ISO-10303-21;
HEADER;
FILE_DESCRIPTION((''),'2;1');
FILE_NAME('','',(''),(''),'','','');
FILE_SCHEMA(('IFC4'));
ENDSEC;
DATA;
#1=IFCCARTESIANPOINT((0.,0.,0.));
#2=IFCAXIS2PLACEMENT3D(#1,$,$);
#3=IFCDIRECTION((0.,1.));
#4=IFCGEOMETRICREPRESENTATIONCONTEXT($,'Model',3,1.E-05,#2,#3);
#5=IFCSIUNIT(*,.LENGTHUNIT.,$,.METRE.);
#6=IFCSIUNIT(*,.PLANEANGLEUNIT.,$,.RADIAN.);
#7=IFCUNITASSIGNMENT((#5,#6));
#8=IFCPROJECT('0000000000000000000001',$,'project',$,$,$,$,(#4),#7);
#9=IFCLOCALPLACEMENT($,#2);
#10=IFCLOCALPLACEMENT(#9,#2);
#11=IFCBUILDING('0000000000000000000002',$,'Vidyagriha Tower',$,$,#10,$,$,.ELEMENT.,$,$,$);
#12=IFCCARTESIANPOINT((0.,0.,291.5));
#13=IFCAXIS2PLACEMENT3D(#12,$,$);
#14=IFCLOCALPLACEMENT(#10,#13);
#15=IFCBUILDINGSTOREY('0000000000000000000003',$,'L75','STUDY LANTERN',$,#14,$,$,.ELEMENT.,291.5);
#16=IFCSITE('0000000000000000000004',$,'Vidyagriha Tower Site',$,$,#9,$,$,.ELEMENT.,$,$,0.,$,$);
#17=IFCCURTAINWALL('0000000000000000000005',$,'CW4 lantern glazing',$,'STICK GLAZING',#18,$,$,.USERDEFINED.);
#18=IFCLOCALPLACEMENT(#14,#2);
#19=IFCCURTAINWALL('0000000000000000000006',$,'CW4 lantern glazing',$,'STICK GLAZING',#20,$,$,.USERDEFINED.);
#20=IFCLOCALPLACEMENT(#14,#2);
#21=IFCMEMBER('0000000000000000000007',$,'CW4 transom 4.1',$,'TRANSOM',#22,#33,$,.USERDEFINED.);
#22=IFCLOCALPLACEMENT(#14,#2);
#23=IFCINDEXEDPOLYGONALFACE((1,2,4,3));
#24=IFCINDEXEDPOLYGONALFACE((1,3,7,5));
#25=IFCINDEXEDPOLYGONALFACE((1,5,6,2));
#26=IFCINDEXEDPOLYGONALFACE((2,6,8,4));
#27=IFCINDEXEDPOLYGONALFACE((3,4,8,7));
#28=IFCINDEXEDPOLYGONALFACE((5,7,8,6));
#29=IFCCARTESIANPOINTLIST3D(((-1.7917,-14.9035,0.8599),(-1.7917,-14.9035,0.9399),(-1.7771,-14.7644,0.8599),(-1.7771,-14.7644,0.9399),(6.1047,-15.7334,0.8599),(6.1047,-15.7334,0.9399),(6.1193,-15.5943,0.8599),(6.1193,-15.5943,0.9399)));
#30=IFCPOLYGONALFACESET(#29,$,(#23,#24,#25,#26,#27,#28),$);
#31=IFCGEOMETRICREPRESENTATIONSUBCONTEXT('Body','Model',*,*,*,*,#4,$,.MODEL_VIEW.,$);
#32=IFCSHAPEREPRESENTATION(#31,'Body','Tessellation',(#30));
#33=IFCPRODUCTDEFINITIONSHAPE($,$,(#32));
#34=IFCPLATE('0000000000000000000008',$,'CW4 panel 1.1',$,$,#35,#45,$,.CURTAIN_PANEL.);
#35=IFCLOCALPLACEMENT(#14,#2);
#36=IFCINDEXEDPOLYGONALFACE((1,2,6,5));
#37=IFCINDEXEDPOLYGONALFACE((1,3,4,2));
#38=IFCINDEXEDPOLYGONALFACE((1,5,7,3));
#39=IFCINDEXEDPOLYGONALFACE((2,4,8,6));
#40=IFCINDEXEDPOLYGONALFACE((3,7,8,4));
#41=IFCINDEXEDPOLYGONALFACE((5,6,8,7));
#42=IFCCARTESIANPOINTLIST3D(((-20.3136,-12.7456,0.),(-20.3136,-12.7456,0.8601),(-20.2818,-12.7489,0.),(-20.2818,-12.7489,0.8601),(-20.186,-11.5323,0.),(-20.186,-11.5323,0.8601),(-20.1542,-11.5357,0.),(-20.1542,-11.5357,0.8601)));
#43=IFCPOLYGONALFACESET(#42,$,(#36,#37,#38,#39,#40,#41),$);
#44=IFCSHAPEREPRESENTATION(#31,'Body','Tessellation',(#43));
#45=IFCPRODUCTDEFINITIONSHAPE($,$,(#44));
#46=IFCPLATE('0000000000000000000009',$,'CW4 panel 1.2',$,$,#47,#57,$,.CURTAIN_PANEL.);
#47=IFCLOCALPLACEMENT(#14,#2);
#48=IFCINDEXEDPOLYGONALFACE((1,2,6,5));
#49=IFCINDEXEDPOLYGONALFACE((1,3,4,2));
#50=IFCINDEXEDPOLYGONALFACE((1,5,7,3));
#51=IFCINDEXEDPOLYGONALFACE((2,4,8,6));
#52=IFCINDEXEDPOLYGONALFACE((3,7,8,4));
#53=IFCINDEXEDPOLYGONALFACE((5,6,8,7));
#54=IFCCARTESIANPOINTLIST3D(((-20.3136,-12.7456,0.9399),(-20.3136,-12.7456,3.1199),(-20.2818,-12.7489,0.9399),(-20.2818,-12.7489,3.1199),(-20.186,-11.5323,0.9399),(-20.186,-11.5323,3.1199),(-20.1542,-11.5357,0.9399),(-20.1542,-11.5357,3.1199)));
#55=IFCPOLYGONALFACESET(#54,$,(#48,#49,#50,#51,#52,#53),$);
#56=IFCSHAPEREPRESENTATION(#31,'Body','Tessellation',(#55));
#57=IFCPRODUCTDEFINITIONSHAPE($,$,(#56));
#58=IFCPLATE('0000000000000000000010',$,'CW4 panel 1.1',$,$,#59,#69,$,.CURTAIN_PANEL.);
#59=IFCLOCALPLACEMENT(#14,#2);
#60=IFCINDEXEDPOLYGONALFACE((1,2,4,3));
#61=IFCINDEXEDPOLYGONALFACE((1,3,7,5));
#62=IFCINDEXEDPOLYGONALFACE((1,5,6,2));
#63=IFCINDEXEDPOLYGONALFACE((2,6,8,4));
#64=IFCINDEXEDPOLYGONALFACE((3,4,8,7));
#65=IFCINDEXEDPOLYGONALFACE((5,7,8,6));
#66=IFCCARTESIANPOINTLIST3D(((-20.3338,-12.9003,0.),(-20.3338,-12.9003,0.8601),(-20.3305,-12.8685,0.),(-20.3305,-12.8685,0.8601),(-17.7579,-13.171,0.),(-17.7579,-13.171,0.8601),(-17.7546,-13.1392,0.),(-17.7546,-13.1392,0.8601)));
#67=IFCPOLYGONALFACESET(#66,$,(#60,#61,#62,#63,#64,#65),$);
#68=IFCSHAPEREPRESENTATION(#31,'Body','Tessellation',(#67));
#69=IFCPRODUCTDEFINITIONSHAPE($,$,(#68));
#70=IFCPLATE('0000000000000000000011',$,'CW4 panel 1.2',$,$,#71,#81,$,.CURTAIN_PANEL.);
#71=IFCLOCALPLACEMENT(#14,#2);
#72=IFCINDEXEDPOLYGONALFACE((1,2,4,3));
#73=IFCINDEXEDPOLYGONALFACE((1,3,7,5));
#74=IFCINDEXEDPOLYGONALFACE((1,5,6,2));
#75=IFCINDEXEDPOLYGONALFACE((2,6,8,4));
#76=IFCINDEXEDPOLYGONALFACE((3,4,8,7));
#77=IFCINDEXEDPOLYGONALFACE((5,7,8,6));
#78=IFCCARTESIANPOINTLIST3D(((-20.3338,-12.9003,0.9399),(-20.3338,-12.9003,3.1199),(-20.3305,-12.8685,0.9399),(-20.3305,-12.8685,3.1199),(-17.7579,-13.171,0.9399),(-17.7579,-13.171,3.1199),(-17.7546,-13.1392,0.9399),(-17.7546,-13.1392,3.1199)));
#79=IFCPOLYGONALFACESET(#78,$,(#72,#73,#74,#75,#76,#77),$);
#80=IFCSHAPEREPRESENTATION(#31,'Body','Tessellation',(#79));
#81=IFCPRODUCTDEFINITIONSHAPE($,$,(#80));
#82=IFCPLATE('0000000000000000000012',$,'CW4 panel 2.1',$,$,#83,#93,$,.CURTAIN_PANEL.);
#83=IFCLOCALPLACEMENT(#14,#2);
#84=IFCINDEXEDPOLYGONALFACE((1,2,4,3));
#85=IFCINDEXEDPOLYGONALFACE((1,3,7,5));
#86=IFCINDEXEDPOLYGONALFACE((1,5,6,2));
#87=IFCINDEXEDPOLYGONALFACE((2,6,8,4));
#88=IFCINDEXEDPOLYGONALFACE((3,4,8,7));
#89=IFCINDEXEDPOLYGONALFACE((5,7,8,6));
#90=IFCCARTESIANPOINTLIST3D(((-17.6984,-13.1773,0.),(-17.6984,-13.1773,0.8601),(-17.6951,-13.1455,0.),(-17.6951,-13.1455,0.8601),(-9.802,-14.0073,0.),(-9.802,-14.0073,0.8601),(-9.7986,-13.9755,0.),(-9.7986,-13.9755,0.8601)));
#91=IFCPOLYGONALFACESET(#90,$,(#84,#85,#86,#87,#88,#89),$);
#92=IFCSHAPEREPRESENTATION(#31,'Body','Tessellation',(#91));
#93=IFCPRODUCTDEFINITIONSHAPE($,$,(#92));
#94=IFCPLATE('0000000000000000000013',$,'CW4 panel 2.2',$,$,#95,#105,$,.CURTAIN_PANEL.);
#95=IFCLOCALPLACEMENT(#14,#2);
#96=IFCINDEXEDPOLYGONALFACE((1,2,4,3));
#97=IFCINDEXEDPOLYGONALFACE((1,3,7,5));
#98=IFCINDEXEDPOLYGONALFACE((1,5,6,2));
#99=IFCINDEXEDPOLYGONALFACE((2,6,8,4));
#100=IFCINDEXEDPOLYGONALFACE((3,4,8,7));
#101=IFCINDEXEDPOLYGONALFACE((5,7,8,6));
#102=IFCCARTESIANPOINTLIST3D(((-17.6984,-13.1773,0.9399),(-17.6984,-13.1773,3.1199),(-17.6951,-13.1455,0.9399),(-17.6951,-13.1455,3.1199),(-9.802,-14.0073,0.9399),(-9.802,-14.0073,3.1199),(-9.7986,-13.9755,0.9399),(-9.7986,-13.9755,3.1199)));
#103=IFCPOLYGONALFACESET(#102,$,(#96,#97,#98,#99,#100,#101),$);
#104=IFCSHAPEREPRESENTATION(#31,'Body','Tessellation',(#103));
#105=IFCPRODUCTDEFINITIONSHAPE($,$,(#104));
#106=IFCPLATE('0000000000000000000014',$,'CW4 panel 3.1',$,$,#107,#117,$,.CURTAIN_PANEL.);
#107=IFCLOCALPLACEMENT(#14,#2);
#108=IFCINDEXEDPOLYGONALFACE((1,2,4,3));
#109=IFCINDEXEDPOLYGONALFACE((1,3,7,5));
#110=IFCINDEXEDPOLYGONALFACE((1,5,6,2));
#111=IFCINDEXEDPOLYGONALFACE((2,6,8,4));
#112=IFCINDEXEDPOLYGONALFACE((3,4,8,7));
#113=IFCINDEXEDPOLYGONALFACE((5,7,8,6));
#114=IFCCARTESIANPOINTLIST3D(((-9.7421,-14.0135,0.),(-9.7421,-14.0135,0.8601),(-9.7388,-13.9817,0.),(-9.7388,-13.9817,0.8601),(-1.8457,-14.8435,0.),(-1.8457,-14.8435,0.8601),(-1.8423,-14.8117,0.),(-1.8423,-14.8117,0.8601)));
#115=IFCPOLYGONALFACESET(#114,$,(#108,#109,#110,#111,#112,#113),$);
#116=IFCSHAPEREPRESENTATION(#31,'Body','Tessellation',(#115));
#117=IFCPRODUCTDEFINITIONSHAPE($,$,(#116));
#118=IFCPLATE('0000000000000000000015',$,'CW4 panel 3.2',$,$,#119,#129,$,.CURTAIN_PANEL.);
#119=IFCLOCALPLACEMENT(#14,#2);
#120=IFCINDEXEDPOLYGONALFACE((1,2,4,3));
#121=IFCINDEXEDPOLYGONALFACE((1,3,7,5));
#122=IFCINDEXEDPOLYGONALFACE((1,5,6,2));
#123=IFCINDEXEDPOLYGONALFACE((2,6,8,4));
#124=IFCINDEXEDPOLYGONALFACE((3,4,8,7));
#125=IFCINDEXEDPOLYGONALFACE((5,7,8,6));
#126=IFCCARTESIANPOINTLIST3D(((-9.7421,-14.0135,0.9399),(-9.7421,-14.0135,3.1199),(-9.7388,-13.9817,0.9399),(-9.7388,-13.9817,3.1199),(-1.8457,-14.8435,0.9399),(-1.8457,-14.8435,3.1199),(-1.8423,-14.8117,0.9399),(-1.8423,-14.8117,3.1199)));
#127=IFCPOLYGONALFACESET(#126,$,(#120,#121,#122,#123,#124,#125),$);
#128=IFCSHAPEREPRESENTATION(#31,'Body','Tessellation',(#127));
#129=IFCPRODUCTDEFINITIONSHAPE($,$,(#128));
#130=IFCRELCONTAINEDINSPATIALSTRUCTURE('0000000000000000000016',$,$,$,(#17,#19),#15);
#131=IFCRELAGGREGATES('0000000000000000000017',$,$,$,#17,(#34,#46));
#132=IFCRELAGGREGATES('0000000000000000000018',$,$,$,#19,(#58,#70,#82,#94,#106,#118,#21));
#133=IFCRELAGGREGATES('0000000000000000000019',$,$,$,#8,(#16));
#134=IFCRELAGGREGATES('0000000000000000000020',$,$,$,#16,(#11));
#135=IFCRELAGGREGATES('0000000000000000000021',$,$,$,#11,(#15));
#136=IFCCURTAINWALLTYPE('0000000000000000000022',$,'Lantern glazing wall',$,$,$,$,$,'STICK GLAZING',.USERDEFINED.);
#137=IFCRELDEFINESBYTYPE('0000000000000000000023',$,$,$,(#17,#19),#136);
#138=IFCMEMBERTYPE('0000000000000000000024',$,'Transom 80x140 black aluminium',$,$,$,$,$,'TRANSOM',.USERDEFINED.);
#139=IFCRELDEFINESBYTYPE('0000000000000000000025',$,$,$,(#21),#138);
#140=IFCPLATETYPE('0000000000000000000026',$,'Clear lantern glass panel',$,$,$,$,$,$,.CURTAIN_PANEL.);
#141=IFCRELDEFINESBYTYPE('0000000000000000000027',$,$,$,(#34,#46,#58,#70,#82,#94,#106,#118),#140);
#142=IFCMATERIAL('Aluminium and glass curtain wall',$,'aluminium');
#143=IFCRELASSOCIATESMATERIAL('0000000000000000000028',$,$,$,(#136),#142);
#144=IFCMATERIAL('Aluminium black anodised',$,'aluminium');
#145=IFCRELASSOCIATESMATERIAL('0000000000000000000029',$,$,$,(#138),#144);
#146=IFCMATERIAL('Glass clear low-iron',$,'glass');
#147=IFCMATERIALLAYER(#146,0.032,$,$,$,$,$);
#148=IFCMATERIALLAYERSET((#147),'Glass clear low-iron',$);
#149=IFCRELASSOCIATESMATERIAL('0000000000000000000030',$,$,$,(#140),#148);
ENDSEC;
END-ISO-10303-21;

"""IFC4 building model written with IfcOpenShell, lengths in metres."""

from ifc_helpers import new_model, si_unit, direction, frame, origin, origin_2d, place, context, subcontext, project, spatial, rectangle, extrude, material, layer, layer_set, material_profile, profile_set, type_object, element, aggregate, save


model = new_model("IFC4")

# Units and contexts
model_context = context("Model", 3, precision=1e-05, world=origin(), true_north=direction((0.0, 1.0)))
body_context = subcontext(model_context, "Body", "Model", "MODEL_VIEW")
ifc_project = project(units=[si_unit("LENGTHUNIT", "METRE"), si_unit("PLANEANGLEUNIT", "RADIAN")], contexts=[model_context])

# Site, building, storey
site_placement = place(None, origin())
site = spatial("IfcSite", under=ifc_project, at=site_placement, Name="Vidyagriha Tower Site", CompositionType="ELEMENT", RefElevation=0.0)
building_placement = place(site_placement, origin())
building = spatial("IfcBuilding", under=site, at=building_placement, Name="Vidyagriha Tower", CompositionType="ELEMENT")
storey_placement = place(building_placement, frame((0.0, 0.0, 291.5)))
storey = spatial("IfcBuildingStorey", under=building, at=storey_placement, Name="L75", Description="STUDY LANTERN", CompositionType="ELEMENT", Elevation=291.5)

# Curtain wall
ifc_material_1 = material(Name="Aluminium and glass curtain wall", Category="aluminium")
curtain_wall_type = type_object("IfcCurtainWallType", Name="Lantern glazing wall", ElementType="STICK GLAZING", PredefinedType="USERDEFINED", material=ifc_material_1)
curtain_wall_1_placement = place(storey_placement, origin())
curtain_wall_1 = element("IfcCurtainWall", 1, at=curtain_wall_1_placement, inside=storey, type_object=curtain_wall_type, Name="CW4 lantern glazing", ObjectType="STICK GLAZING", PredefinedType="USERDEFINED")

# Curtain wall, member
curtain_wall_2_placement = place(storey_placement, origin())
curtain_wall_2 = element("IfcCurtainWall", 2, at=curtain_wall_2_placement, inside=storey, type_object=curtain_wall_type, Name="CW4 lantern glazing", ObjectType="STICK GLAZING", PredefinedType="USERDEFINED")
ifc_material_2 = material(Name="Aluminium black anodised", Category="aluminium")
ifc_material_profile_1 = material_profile(ifc_material_2, rectangle(XDim=0.1399, YDim=0.0801, at=origin_2d()), Name="Transom 80x140 black aluminium")
ifc_profile_set_1 = profile_set([ifc_material_profile_1], Name="Aluminium black anodised")
member_type_1 = type_object("IfcMemberType", Name="Transom 80x140 black aluminium", ElementType="TRANSOM", PredefinedType="USERDEFINED", material=ifc_profile_set_1)
member_1_placement = place(storey_placement, frame((-1.7844, -14.834, 0.8999), z_axis=(0.994523, -0.104514, 0.0), x_axis=(0.104514, 0.994523, 0.0)))
member_1 = element("IfcMember", 3, at=member_1_placement, type_object=member_type_1, Name="CW4 transom 4.1", ObjectType="TRANSOM", PredefinedType="USERDEFINED", context=body_context, shape_type="SweptSolid", body=[
    extrude(rectangle(XDim=0.1399, YDim=0.0801, at=origin_2d()), origin(), (0.0, 0.0, 1.0), 7.9399),
])

# Plates
ifc_material_3 = material(Name="Glass clear low-iron", Category="glass")
ifc_layer_1 = layer(ifc_material_3, 0.032)
ifc_layer_set_1 = layer_set([ifc_layer_1], Name="Glass clear low-iron")
plate_type = type_object("IfcPlateType", Name="Clear lantern glass panel", PredefinedType="CURTAIN_PANEL", material=ifc_layer_set_1)
plate_1_placement = place(storey_placement, frame((-20.2339, -12.1406, 0.0), z_axis=(0.0, 0.0, 1.0), x_axis=(-0.104557, -0.994519, 0.0)))
plate_1 = element("IfcPlate", 4, at=plate_1_placement, type_object=plate_type, Name="CW4 panel 1.1", PredefinedType="CURTAIN_PANEL", context=body_context, shape_type="SweptSolid", body=[
    extrude(rectangle(XDim=1.22, YDim=0.032, at=origin_2d()), origin(), (0.0, 0.0, 1.0), 0.8601),
])
plate_2_placement = place(storey_placement, frame((-20.2339, -12.1406, 0.9399), z_axis=(0.0, 0.0, 1.0), x_axis=(-0.104557, -0.994519, 0.0)))
plate_2 = element("IfcPlate", 5, at=plate_2_placement, type_object=plate_type, Name="CW4 panel 1.2", PredefinedType="CURTAIN_PANEL", context=body_context, shape_type="SweptSolid", body=[
    extrude(rectangle(XDim=1.22, YDim=0.032, at=origin_2d()), origin(), (0.0, 0.0, 1.0), 2.1799),
])
aggregate(curtain_wall_1, [plate_1, plate_2])
plate_3_placement = place(storey_placement, frame((-19.0442, -13.0198, 0.0), z_axis=(0.0, 0.0, 1.0), x_axis=(0.994522, -0.104528, 0.0)))
plate_3 = element("IfcPlate", 6, at=plate_3_placement, type_object=plate_type, Name="CW4 panel 1.1", PredefinedType="CURTAIN_PANEL", context=body_context, shape_type="SweptSolid", body=[
    extrude(rectangle(XDim=2.5901, YDim=0.032, at=origin_2d()), origin(), (0.0, 0.0, 1.0), 0.8601),
])
plate_4_placement = place(storey_placement, frame((-19.0442, -13.0198, 0.9399), z_axis=(0.0, 0.0, 1.0), x_axis=(0.994522, -0.104528, 0.0)))
plate_4 = element("IfcPlate", 7, at=plate_4_placement, type_object=plate_type, Name="CW4 panel 1.2", PredefinedType="CURTAIN_PANEL", context=body_context, shape_type="SweptSolid", body=[
    extrude(rectangle(XDim=2.5901, YDim=0.032, at=origin_2d()), origin(), (0.0, 0.0, 1.0), 2.1799),
])
plate_5_placement = place(storey_placement, frame((-13.7485, -13.5764, 0.0), z_axis=(0.0, 0.0, 1.0), x_axis=(0.994522, -0.104528, 0.0)))
plate_5 = element("IfcPlate", 8, at=plate_5_placement, type_object=plate_type, Name="CW4 panel 2.1", PredefinedType="CURTAIN_PANEL", context=body_context, shape_type="SweptSolid", body=[
    extrude(rectangle(XDim=7.9399, YDim=0.032, at=origin_2d()), origin(), (0.0, 0.0, 1.0), 0.8601),
])
plate_6_placement = place(storey_placement, frame((-13.7485, -13.5764, 0.9399), z_axis=(0.0, 0.0, 1.0), x_axis=(0.994522, -0.104528, 0.0)))
plate_6 = element("IfcPlate", 9, at=plate_6_placement, type_object=plate_type, Name="CW4 panel 2.2", PredefinedType="CURTAIN_PANEL", context=body_context, shape_type="SweptSolid", body=[
    extrude(rectangle(XDim=7.9399, YDim=0.032, at=origin_2d()), origin(), (0.0, 0.0, 1.0), 2.1799),
])
plate_7_placement = place(storey_placement, frame((-5.7922, -14.4126, 0.0), z_axis=(0.0, 0.0, 1.0), x_axis=(0.994522, -0.104528, 0.0)))
plate_7 = element("IfcPlate", 10, at=plate_7_placement, type_object=plate_type, Name="CW4 panel 3.1", PredefinedType="CURTAIN_PANEL", context=body_context, shape_type="SweptSolid", body=[
    extrude(rectangle(XDim=7.9399, YDim=0.032, at=origin_2d()), origin(), (0.0, 0.0, 1.0), 0.8601),
])
plate_8_placement = place(storey_placement, frame((-5.7922, -14.4126, 0.9399), z_axis=(0.0, 0.0, 1.0), x_axis=(0.994522, -0.104528, 0.0)))
plate_8 = element("IfcPlate", 11, at=plate_8_placement, type_object=plate_type, Name="CW4 panel 3.2", PredefinedType="CURTAIN_PANEL", context=body_context, shape_type="SweptSolid", body=[
    extrude(rectangle(XDim=7.9399, YDim=0.032, at=origin_2d()), origin(), (0.0, 0.0, 1.0), 2.1799),
])
aggregate(curtain_wall_2, [plate_3, plate_4, plate_5, plate_6, plate_7, plate_8, member_1])

save(model, "model.ifc")
